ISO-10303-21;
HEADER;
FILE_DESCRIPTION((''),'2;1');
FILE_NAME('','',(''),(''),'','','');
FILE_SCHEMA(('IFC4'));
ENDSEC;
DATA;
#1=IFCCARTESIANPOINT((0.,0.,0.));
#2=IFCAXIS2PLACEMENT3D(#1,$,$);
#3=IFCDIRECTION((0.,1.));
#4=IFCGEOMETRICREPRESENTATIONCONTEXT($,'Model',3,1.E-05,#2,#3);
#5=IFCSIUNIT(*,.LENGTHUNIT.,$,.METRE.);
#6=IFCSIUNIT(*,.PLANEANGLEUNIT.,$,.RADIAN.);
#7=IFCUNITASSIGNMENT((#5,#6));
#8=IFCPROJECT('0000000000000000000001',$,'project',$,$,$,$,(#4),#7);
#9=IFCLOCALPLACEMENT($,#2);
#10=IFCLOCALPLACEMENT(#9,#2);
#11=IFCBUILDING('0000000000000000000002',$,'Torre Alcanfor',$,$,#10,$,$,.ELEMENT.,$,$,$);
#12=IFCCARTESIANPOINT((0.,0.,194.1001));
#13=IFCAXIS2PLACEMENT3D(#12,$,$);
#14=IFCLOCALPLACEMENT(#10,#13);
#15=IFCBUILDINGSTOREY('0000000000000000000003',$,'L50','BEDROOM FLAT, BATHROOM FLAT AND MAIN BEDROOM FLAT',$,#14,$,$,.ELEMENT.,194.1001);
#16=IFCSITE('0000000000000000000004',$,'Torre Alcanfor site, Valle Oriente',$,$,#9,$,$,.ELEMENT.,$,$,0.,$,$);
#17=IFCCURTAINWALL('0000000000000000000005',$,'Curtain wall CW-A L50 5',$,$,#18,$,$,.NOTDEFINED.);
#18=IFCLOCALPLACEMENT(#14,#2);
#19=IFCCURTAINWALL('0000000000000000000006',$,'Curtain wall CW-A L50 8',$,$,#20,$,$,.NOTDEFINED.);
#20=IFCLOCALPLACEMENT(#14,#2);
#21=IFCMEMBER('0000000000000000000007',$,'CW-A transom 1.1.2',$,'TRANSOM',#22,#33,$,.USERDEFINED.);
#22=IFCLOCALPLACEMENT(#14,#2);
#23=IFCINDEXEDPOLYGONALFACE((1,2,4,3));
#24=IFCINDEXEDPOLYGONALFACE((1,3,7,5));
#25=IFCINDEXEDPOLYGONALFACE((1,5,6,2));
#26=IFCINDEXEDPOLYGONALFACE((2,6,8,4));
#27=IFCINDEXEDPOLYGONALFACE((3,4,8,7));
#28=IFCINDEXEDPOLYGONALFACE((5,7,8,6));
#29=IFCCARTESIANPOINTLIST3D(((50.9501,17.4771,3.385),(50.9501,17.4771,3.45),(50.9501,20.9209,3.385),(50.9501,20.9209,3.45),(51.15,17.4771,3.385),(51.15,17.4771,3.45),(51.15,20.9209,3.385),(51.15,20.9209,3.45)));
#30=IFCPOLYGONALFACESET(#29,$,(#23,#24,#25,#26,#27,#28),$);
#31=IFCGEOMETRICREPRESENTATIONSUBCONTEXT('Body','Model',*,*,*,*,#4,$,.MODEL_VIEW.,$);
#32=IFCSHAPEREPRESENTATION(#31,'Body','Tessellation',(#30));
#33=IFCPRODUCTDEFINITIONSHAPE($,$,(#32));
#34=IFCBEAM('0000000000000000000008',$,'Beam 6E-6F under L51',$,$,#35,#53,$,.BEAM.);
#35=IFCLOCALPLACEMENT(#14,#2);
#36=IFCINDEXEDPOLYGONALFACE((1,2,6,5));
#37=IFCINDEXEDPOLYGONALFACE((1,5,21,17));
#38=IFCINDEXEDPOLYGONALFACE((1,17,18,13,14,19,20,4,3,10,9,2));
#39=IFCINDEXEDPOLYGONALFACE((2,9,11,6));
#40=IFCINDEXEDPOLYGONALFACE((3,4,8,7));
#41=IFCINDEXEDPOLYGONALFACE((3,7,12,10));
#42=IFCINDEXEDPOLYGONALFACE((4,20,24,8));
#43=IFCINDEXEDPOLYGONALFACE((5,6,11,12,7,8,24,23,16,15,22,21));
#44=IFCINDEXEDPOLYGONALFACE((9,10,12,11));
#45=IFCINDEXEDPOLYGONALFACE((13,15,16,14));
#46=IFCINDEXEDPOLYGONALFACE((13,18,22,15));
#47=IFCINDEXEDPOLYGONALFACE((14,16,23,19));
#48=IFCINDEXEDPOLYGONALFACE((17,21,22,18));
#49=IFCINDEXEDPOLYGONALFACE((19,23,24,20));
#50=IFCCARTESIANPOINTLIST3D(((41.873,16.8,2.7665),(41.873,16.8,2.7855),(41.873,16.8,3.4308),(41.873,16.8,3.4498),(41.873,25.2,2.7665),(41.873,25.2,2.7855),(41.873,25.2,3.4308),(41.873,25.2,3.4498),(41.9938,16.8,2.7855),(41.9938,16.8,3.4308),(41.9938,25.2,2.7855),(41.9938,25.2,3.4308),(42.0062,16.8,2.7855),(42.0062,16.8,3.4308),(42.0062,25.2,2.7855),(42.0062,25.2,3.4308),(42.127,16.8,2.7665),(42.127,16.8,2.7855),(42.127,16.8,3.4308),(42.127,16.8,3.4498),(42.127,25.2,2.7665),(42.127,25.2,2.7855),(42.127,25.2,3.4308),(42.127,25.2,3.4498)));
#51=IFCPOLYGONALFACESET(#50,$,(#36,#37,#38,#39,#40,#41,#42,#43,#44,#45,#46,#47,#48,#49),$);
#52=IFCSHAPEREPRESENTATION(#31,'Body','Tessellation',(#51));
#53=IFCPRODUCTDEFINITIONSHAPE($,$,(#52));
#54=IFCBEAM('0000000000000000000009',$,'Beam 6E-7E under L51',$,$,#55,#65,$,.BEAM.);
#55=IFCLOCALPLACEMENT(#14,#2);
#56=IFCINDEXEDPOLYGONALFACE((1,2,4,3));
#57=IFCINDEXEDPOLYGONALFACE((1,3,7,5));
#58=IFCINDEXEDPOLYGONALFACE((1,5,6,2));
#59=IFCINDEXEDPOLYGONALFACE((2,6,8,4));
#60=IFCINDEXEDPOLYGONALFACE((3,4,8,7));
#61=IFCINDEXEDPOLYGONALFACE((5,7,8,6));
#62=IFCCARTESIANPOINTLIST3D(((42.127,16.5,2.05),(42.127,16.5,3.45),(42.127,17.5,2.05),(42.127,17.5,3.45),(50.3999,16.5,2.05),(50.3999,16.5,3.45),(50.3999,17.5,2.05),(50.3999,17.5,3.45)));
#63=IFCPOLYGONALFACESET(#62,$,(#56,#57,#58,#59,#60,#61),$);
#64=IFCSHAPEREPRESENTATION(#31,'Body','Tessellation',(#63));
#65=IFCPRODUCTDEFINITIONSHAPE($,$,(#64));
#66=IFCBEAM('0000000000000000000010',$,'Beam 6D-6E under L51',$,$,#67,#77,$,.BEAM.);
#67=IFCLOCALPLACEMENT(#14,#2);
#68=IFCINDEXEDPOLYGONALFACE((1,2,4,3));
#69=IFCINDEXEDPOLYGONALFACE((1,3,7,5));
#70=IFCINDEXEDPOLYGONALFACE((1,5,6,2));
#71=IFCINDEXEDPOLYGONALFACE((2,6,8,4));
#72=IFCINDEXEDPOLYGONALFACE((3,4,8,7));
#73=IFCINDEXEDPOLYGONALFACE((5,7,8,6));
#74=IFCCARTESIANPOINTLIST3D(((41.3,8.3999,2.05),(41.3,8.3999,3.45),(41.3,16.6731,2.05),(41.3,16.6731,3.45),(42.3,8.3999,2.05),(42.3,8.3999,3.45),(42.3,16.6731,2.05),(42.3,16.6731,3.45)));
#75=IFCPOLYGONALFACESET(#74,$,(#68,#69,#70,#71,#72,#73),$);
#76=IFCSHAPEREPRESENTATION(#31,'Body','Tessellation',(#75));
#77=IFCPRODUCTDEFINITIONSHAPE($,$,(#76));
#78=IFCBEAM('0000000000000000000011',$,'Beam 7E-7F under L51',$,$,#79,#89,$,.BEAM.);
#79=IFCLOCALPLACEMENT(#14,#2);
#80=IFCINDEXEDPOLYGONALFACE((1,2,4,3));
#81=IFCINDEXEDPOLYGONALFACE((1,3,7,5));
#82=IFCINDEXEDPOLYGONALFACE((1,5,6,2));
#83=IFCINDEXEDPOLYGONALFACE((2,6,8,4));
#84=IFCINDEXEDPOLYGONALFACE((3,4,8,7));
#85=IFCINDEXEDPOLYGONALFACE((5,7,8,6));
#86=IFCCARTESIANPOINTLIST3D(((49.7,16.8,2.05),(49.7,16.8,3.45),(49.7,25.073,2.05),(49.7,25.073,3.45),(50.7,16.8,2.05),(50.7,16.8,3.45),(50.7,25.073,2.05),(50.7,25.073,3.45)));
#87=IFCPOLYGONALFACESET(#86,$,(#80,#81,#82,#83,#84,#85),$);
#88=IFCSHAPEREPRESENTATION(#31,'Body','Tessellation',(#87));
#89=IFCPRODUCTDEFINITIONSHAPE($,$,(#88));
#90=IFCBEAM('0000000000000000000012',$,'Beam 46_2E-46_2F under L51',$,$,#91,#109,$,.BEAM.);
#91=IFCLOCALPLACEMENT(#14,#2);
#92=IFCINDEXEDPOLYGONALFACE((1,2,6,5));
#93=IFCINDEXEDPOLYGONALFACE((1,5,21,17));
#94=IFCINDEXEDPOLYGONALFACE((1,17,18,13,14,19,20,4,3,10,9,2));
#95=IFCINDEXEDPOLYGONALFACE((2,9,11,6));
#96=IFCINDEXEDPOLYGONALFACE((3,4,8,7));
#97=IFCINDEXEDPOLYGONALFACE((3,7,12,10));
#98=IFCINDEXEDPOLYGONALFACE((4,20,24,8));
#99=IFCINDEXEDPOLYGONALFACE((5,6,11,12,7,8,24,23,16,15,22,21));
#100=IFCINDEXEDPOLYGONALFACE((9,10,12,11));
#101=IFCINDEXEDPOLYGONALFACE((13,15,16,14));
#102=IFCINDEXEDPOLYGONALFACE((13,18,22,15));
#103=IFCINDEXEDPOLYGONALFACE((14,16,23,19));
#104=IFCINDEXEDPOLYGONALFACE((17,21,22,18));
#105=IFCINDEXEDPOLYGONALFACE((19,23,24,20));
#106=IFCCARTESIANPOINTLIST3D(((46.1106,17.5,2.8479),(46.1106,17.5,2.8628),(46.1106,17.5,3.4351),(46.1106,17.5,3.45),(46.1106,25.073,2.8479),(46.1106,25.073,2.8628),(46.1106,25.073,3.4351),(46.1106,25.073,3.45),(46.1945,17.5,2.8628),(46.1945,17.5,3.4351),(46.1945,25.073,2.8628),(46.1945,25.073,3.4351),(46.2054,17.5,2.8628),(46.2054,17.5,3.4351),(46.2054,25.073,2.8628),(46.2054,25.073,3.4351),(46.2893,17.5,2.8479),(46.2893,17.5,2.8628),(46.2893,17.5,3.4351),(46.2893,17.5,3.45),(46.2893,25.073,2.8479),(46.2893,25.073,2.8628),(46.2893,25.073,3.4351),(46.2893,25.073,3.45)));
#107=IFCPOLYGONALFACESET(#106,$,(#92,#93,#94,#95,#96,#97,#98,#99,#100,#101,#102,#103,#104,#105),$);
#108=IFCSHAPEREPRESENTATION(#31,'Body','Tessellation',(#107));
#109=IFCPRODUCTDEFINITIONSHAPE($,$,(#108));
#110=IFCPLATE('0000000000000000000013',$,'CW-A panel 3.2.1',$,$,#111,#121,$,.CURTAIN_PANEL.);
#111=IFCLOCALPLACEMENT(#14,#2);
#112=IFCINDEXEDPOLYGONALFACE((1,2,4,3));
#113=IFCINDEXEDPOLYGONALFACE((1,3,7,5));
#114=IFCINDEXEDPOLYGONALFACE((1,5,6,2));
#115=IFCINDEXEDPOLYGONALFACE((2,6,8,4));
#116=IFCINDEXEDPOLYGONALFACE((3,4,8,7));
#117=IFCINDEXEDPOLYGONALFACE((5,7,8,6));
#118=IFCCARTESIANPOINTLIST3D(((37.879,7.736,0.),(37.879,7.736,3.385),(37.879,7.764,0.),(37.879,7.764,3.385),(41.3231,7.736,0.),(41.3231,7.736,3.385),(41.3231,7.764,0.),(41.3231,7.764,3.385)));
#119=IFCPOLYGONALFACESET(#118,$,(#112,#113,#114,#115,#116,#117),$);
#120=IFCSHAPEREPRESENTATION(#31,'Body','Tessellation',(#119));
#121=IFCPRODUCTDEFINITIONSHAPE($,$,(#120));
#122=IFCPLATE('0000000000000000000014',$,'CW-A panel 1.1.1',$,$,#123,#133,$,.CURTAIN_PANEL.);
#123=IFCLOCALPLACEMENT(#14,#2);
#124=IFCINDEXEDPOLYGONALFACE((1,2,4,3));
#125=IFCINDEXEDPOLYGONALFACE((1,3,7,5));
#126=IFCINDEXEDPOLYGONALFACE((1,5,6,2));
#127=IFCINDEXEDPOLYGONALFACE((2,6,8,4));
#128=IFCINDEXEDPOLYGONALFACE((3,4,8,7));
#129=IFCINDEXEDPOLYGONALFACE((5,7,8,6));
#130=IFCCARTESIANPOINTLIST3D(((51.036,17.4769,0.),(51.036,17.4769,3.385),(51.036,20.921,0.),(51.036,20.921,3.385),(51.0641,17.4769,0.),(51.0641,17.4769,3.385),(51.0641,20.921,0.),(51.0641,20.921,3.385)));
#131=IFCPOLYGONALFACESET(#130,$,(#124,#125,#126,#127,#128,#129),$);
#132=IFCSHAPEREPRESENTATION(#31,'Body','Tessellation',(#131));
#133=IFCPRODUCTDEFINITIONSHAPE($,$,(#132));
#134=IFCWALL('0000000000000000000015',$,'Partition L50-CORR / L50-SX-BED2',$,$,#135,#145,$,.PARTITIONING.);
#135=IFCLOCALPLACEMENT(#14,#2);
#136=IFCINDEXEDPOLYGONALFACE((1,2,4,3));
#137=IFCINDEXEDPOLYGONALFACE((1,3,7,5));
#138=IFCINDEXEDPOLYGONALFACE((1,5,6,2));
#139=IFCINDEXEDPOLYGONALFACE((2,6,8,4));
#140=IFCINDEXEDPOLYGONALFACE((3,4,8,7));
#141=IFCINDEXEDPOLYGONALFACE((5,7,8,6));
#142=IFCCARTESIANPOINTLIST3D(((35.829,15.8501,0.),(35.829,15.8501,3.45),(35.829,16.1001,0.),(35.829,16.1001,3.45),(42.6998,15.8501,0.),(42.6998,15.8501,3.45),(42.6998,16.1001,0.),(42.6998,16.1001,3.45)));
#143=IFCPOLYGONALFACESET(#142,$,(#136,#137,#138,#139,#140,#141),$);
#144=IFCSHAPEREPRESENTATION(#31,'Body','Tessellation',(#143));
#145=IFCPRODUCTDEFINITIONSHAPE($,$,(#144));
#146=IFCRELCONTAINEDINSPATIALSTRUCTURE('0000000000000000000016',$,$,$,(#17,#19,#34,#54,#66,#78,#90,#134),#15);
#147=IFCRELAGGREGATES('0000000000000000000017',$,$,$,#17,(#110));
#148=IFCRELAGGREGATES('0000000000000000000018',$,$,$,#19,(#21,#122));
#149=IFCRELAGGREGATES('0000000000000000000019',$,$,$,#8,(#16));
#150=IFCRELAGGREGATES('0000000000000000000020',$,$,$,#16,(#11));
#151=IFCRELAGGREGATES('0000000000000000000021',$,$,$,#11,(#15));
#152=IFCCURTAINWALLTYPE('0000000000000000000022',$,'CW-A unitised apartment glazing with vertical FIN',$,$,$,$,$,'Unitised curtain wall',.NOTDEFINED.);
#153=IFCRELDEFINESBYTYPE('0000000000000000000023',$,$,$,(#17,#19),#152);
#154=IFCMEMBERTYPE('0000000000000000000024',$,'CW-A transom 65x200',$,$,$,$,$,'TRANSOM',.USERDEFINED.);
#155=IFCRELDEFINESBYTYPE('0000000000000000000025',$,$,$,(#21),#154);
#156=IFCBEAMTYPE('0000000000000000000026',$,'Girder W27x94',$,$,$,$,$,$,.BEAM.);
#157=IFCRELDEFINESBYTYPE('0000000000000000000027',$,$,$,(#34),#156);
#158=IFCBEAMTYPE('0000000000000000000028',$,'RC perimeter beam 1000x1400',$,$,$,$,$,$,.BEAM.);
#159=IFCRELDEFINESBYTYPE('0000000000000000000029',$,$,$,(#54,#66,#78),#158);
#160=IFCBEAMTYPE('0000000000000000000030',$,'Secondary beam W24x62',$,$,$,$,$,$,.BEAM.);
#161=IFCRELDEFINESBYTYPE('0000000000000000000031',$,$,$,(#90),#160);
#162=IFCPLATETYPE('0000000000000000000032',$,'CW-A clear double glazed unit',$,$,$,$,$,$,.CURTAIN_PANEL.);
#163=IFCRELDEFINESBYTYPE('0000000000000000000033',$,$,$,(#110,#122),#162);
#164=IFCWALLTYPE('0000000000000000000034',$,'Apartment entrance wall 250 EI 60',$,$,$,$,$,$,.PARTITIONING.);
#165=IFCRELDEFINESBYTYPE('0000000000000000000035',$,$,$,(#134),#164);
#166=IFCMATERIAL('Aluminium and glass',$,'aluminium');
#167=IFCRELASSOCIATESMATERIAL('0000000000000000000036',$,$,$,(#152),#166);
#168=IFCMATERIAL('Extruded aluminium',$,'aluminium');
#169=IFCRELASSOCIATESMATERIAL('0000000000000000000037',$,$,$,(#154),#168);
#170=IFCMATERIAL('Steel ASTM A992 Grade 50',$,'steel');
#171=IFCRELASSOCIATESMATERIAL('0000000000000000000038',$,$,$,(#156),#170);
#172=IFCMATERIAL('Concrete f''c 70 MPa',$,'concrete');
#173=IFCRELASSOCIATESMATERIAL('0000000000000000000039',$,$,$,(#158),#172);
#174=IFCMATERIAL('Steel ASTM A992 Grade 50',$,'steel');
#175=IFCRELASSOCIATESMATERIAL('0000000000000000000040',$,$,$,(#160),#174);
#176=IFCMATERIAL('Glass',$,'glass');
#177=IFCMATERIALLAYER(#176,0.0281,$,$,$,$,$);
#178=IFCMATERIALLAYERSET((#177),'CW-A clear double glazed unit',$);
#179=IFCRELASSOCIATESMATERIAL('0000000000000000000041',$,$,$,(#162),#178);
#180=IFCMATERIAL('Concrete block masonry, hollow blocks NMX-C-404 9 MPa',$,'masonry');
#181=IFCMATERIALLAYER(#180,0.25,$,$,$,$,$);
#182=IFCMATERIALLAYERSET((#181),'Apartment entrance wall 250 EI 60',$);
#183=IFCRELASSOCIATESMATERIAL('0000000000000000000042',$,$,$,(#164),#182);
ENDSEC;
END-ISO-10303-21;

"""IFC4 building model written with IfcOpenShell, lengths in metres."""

from ifc_helpers import new_model, si_unit, direction, frame, frame_2d, origin, origin_2d, place, context, subcontext, project, spatial, rectangle, i_section, extrude, material, layer, layer_set, material_profile, profile_set, type_object, element, aggregate, save


model = new_model("IFC4")

# Units and contexts
model_context = context("Model", 3, precision=1e-05, world=origin(), true_north=direction((0.0, 1.0)))
body_context = subcontext(model_context, "Body", "Model", "MODEL_VIEW")
ifc_project = project(units=[si_unit("LENGTHUNIT", "METRE"), si_unit("PLANEANGLEUNIT", "RADIAN")], contexts=[model_context])

# Site, building, storey
site_placement = place(None, origin())
site = spatial("IfcSite", under=ifc_project, at=site_placement, Name="Torre Alcanfor site, Valle Oriente", CompositionType="ELEMENT", RefElevation=0.0)
building_placement = place(site_placement, origin())
building = spatial("IfcBuilding", under=site, at=building_placement, Name="Torre Alcanfor", CompositionType="ELEMENT")
storey_placement = place(building_placement, frame((0.0, 0.0, 194.1001)))
storey = spatial("IfcBuildingStorey", under=building, at=storey_placement, Name="L50", Description="BEDROOM FLAT, BATHROOM FLAT AND MAIN BEDROOM FLAT", CompositionType="ELEMENT", Elevation=194.1001)

# Curtain walls
ifc_material_1 = material(Name="Aluminium and glass", Category="aluminium")
curtain_wall_type = type_object("IfcCurtainWallType", Name="CW-A unitised apartment glazing with vertical FIN", ElementType="Unitised curtain wall", PredefinedType="NOTDEFINED", material=ifc_material_1)
curtain_wall_1_placement = place(storey_placement, origin())
curtain_wall_1 = element("IfcCurtainWall", 1, at=curtain_wall_1_placement, inside=storey, type_object=curtain_wall_type, Name="Curtain wall CW-A L50 5", PredefinedType="NOTDEFINED")
curtain_wall_2_placement = place(storey_placement, origin())
curtain_wall_2 = element("IfcCurtainWall", 2, at=curtain_wall_2_placement, inside=storey, type_object=curtain_wall_type, Name="Curtain wall CW-A L50 8", PredefinedType="NOTDEFINED")

# Member
ifc_material_2 = material(Name="Extruded aluminium", Category="aluminium")
ifc_material_profile_1 = material_profile(ifc_material_2, rectangle(XDim=0.2, YDim=0.0649, at=origin_2d()), Name="CW-A transom 200x65")
ifc_profile_set_1 = profile_set([ifc_material_profile_1], Name="Extruded aluminium")
member_type_1 = type_object("IfcMemberType", Name="CW-A transom 65x200", ElementType="TRANSOM", PredefinedType="USERDEFINED", material=ifc_profile_set_1)
member_1_placement = place(storey_placement, frame((51.05, 17.4771, 3.4175), z_axis=(0.0, 1.0, 0.0), x_axis=(-1.0, 0.0, 0.0)))
member_1 = element("IfcMember", 3, at=member_1_placement, type_object=member_type_1, Name="CW-A transom 1.1.2", ObjectType="TRANSOM", PredefinedType="USERDEFINED", context=body_context, shape_type="SweptSolid", body=[
    extrude(rectangle(XDim=0.2, YDim=0.0649, at=origin_2d()), origin(), (0.0, 0.0, 1.0), 3.4438),
])

# Beams
ifc_material_3 = material(Name="Steel ASTM A992 Grade 50", Category="steel")
ifc_material_profile_2 = material_profile(ifc_material_3, i_section(OverallWidth=0.2539, OverallDepth=0.6833, WebThickness=0.0125, FlangeThickness=0.019, at=origin_2d()), Name="W27x94")
ifc_profile_set_2 = profile_set([ifc_material_profile_2], Name="Steel ASTM A992 Grade 50")
beam_type_1 = type_object("IfcBeamType", Name="Girder W27x94", PredefinedType="BEAM", material=ifc_profile_set_2)
beam_1_placement = place(storey_placement, frame((42.0, 16.8, 3.1082), z_axis=(0.0, 1.0, 0.0), x_axis=(-1.0, 0.0, 0.0)))
element("IfcBeam", 4, at=beam_1_placement, inside=storey, type_object=beam_type_1, Name="Beam 6E-6F under L51", PredefinedType="BEAM", context=body_context, shape_type="SweptSolid", body=[
    extrude(i_section(OverallWidth=0.2539, OverallDepth=0.6833, WebThickness=0.0125, FlangeThickness=0.019, at=origin_2d()), origin(), (0.0, 0.0, 1.0), 8.3999),
])
ifc_material_4 = material(Name="Concrete f'c 70 MPa", Category="concrete")
ifc_material_profile_3 = material_profile(ifc_material_4, rectangle(XDim=1.0, YDim=1.3999, at=origin_2d()), Name="1000x1400")
ifc_profile_set_3 = profile_set([ifc_material_profile_3], Name="Concrete f'c 70 MPa")
beam_type_2 = type_object("IfcBeamType", Name="RC perimeter beam 1000x1400", PredefinedType="BEAM", material=ifc_profile_set_3)
beam_2_placement = place(storey_placement, frame((42.127, 17.0, 2.75), z_axis=(1.0, 0.0, 0.0), x_axis=(0.0, 1.0, 0.0)))
element("IfcBeam", 5, at=beam_2_placement, inside=storey, type_object=beam_type_2, Name="Beam 6E-7E under L51", PredefinedType="BEAM", context=body_context, shape_type="SweptSolid", body=[
    extrude(rectangle(XDim=1.0, YDim=1.3999, at=origin_2d()), origin(), (0.0, 0.0, 1.0), 8.2729),
])
beam_3_placement = place(storey_placement, frame((41.8, 8.3999, 2.75), z_axis=(0.0, 1.0, 0.0), x_axis=(-1.0, 0.0, 0.0)))
element("IfcBeam", 6, at=beam_3_placement, inside=storey, type_object=beam_type_2, Name="Beam 6D-6E under L51", PredefinedType="BEAM", context=body_context, shape_type="SweptSolid", body=[
    extrude(rectangle(XDim=1.0, YDim=1.3999, at=origin_2d()), origin(), (0.0, 0.0, 1.0), 8.2732),
])
beam_4_placement = place(storey_placement, frame((50.2, 16.8, 2.75), z_axis=(0.0, 1.0, 0.0), x_axis=(-1.0, 0.0, 0.0)))
element("IfcBeam", 7, at=beam_4_placement, inside=storey, type_object=beam_type_2, Name="Beam 7E-7F under L51", PredefinedType="BEAM", context=body_context, shape_type="SweptSolid", body=[
    extrude(rectangle(XDim=1.0, YDim=1.3999, at=origin_2d()), origin(), (0.0, 0.0, 1.0), 8.2729),
])
ifc_material_5 = material(Name="Steel ASTM A992 Grade 50", Category="steel")
ifc_material_profile_4 = material_profile(ifc_material_5, i_section(OverallWidth=0.1787, OverallDepth=0.6021, WebThickness=0.011, FlangeThickness=0.0149, at=origin_2d()), Name="W24x62")
ifc_profile_set_4 = profile_set([ifc_material_profile_4], Name="Steel ASTM A992 Grade 50")
beam_type_3 = type_object("IfcBeamType", Name="Secondary beam W24x62", PredefinedType="BEAM", material=ifc_profile_set_4)
beam_5_placement = place(storey_placement, frame((46.2, 17.5, 3.1489), z_axis=(0.0, 1.0, 0.0), x_axis=(-1.0, 0.0, 0.0)))
element("IfcBeam", 8, at=beam_5_placement, inside=storey, type_object=beam_type_3, Name="Beam 46_2E-46_2F under L51", PredefinedType="BEAM", context=body_context, shape_type="SweptSolid", body=[
    extrude(i_section(OverallWidth=0.1787, OverallDepth=0.6021, WebThickness=0.011, FlangeThickness=0.0149, at=origin_2d()), origin(), (0.0, 0.0, 1.0), 7.573),
])

# Plates
ifc_material_6 = material(Name="Glass", Category="glass")
ifc_layer_1 = layer(ifc_material_6, 0.0281)
ifc_layer_set_1 = layer_set([ifc_layer_1], Name="CW-A clear double glazed unit")
plate_type = type_object("IfcPlateType", Name="CW-A clear double glazed unit", PredefinedType="CURTAIN_PANEL", material=ifc_layer_set_1)
plate_1_placement = place(storey_placement, frame((39.6011, 7.75, 0.0), z_axis=(0.0, 0.0, 1.0), x_axis=(1.0, 0.0, 0.0)))
plate_1 = element("IfcPlate", 9, at=plate_1_placement, type_object=plate_type, Name="CW-A panel 3.2.1", PredefinedType="CURTAIN_PANEL", context=body_context, shape_type="SweptSolid", body=[
    extrude(rectangle(XDim=3.4441, YDim=0.0281, at=origin_2d()), origin(), (0.0, 0.0, 1.0), 3.385),
])
aggregate(curtain_wall_1, [plate_1])
plate_2_placement = place(storey_placement, frame((51.05, 19.199, 0.0), z_axis=(0.0, 0.0, 1.0), x_axis=(0.0, 1.0, 0.0)))
plate_2 = element("IfcPlate", 10, at=plate_2_placement, type_object=plate_type, Name="CW-A panel 1.1.1", PredefinedType="CURTAIN_PANEL", context=body_context, shape_type="SweptSolid", body=[
    extrude(rectangle(XDim=3.4441, YDim=0.0281, at=origin_2d()), origin(), (0.0, 0.0, 1.0), 3.385),
])
aggregate(curtain_wall_2, [member_1, plate_2])

# Wall
ifc_material_7 = material(Name="Concrete block masonry, hollow blocks NMX-C-404 9 MPa", Category="masonry")
ifc_layer_2 = layer(ifc_material_7, 0.25)
ifc_layer_set_2 = layer_set([ifc_layer_2], Name="Apartment entrance wall 250 EI 60")
wall_type_1 = type_object("IfcWallType", Name="Apartment entrance wall 250 EI 60", PredefinedType="PARTITIONING", material=ifc_layer_set_2)
wall_1_placement = place(storey_placement, frame((42.7, 15.9751, 0.0), z_axis=(0.0, 0.0, 1.0), x_axis=(-1.0, 0.0, 0.0)))
element("IfcWall", 11, at=wall_1_placement, inside=storey, type_object=wall_type_1, Name="Partition L50-CORR / L50-SX-BED2", PredefinedType="PARTITIONING", context=body_context, shape_type="SweptSolid", body=[
    extrude(rectangle(XDim=6.8708, YDim=0.25, at=frame_2d((3.4355, 0.0))), origin(), (0.0, 0.0, 1.0), 3.45),
])

save(model, "model.ifc")
